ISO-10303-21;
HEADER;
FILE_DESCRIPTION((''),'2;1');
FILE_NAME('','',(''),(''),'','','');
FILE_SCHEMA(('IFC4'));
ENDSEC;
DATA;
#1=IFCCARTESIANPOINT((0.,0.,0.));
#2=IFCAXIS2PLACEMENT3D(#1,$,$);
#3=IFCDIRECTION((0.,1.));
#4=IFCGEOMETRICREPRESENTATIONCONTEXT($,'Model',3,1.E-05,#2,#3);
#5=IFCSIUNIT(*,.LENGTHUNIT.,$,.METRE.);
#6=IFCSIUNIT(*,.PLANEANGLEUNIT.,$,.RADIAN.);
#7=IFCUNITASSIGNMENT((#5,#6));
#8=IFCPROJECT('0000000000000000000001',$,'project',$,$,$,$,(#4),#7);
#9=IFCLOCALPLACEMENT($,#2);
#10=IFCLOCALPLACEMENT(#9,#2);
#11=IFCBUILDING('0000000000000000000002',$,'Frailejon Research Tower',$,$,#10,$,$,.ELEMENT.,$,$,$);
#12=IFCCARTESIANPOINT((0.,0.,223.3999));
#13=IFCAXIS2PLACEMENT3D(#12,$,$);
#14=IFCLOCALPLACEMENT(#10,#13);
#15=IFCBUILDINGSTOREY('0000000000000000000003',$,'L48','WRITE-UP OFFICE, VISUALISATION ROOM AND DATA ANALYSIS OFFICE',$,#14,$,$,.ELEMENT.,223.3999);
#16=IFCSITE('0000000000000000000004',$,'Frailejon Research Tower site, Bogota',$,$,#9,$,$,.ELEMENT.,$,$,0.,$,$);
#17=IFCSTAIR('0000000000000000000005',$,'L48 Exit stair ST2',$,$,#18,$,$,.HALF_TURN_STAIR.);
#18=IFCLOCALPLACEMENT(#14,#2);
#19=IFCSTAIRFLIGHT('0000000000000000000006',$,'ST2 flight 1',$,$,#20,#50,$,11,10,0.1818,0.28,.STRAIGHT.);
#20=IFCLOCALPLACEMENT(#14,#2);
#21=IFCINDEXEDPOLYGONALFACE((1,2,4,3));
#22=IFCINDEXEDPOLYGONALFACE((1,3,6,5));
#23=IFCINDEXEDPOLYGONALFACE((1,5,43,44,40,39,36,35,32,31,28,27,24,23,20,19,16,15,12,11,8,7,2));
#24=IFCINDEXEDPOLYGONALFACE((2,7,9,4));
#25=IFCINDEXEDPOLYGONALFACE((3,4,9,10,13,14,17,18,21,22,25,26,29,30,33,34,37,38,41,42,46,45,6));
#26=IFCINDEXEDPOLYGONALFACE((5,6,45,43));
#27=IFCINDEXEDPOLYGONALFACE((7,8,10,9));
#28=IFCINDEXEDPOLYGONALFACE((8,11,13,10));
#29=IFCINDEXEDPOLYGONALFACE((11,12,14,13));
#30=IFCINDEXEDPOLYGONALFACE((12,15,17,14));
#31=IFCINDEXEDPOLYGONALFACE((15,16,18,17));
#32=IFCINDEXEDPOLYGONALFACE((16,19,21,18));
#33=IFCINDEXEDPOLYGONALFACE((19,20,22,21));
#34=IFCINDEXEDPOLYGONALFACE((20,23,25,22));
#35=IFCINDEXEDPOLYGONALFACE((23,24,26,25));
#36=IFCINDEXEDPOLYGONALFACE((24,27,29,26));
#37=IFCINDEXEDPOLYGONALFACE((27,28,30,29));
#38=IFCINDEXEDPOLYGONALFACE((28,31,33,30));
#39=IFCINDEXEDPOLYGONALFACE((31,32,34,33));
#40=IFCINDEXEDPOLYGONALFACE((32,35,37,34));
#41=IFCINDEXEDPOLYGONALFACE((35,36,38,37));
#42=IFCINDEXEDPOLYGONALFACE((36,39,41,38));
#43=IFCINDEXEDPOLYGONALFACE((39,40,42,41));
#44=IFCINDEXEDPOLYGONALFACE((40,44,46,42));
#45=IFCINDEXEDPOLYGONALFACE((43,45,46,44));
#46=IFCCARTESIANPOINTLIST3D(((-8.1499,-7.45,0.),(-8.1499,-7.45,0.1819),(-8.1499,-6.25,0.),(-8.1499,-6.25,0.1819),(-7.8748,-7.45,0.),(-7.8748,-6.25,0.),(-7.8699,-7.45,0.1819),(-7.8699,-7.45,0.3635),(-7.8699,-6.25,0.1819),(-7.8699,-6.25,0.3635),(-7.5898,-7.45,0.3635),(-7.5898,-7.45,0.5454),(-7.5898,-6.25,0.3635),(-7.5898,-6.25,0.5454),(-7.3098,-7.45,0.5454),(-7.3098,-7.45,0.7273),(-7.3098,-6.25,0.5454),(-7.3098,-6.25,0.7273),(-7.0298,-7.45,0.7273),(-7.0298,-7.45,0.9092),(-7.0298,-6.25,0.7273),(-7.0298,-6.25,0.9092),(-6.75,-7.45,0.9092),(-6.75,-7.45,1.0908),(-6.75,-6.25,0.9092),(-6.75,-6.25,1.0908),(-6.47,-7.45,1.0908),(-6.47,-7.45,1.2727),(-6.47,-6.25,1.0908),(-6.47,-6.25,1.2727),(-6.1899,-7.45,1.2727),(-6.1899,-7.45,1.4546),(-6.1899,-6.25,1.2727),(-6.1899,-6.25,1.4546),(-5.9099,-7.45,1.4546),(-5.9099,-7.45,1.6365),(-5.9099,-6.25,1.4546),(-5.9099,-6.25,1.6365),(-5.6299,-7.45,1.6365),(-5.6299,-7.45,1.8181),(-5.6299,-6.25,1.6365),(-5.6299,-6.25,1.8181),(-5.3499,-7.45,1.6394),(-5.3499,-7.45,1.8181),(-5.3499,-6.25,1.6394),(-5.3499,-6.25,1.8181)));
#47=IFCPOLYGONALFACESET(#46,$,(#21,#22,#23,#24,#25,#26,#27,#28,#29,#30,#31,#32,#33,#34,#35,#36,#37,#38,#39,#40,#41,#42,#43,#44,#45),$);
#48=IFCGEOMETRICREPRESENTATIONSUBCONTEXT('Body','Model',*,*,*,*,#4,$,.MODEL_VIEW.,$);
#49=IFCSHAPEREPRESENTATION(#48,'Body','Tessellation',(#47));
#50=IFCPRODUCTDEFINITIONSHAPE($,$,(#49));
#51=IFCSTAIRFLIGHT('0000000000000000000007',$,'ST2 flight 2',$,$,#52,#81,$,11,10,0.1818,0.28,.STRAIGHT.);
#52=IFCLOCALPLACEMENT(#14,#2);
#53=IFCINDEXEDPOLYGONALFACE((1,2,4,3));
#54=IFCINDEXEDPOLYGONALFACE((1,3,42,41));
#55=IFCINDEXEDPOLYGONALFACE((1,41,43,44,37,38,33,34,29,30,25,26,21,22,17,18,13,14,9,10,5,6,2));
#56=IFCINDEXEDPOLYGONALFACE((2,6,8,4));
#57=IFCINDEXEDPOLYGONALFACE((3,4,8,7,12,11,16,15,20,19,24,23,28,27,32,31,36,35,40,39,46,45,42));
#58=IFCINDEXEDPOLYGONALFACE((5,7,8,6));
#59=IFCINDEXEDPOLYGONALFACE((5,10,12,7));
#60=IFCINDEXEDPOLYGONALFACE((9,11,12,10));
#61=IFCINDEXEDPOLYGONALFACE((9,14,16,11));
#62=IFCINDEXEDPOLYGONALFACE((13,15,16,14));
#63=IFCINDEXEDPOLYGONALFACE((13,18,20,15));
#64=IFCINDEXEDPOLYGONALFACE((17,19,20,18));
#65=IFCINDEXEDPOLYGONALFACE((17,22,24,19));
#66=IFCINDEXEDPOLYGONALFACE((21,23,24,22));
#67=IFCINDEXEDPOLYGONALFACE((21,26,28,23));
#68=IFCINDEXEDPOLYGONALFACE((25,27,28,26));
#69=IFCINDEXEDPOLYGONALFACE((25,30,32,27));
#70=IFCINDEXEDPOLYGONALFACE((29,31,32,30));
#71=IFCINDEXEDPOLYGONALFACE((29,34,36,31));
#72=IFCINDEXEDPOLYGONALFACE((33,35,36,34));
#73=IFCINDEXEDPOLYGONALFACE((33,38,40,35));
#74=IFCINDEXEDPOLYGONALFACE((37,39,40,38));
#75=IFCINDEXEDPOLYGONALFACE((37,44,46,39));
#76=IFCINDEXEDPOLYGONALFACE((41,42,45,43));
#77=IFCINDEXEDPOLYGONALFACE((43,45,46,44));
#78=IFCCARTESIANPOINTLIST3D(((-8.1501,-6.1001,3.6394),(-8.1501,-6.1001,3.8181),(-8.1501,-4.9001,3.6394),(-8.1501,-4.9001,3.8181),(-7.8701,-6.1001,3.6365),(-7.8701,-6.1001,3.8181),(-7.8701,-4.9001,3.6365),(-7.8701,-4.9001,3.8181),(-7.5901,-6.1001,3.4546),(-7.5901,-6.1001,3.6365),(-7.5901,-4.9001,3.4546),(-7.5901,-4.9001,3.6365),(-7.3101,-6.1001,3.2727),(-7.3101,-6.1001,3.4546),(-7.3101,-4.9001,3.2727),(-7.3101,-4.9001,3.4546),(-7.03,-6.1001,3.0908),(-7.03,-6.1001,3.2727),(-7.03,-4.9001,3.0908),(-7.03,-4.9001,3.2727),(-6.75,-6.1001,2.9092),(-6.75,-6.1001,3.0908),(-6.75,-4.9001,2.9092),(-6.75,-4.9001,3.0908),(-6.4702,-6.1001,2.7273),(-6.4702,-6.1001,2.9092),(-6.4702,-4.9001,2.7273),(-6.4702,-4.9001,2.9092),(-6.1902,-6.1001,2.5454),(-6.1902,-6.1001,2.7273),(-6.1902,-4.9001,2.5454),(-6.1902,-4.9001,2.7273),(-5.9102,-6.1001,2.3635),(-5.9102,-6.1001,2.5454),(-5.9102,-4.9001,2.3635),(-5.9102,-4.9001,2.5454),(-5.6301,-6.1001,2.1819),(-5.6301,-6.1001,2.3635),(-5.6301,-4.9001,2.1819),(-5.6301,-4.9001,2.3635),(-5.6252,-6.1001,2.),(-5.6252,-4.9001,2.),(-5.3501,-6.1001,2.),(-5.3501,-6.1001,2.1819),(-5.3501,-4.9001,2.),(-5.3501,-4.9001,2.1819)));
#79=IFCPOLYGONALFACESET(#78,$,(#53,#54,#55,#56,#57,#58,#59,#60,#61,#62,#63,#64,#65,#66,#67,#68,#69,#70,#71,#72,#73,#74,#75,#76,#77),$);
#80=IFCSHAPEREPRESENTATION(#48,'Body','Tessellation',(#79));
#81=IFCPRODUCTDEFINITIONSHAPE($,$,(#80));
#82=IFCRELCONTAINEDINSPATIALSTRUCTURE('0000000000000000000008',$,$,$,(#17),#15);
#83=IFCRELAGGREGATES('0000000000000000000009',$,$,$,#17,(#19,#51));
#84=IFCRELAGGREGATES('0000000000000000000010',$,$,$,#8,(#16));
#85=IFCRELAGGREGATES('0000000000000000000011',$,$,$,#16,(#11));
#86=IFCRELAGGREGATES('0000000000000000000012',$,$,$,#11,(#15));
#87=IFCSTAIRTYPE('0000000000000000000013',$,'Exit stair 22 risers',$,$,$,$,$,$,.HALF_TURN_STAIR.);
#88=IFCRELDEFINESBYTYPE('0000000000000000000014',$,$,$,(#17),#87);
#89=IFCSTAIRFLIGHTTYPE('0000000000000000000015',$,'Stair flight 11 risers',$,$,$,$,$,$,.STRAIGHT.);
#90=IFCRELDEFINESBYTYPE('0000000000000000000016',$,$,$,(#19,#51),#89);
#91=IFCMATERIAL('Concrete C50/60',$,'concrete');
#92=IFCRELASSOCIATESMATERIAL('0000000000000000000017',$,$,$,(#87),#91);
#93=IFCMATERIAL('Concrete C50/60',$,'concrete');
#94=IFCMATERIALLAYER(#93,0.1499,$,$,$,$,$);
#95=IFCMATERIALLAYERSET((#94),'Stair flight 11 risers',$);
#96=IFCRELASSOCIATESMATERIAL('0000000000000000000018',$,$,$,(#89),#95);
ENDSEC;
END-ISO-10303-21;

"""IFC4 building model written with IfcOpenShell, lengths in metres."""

from ifc_helpers import new_model, si_unit, direction, frame, origin, place, context, subcontext, project, spatial, polyline, outline, extrude, material, layer, layer_set, type_object, element, aggregate, save


model = new_model("IFC4")

# Units and contexts
model_context = context("Model", 3, precision=1e-05, world=origin(), true_north=direction((0.0, 1.0)))
body_context = subcontext(model_context, "Body", "Model", "MODEL_VIEW")
ifc_project = project(units=[si_unit("LENGTHUNIT", "METRE"), si_unit("PLANEANGLEUNIT", "RADIAN")], contexts=[model_context])

# Site, building, storey
site_placement = place(None, origin())
site = spatial("IfcSite", under=ifc_project, at=site_placement, Name="Frailejon Research Tower site, Bogota", CompositionType="ELEMENT", RefElevation=0.0)
building_placement = place(site_placement, origin())
building = spatial("IfcBuilding", under=site, at=building_placement, Name="Frailejon Research Tower", CompositionType="ELEMENT")
storey_placement = place(building_placement, frame((0.0, 0.0, 223.3999)))
storey = spatial("IfcBuildingStorey", under=building, at=storey_placement, Name="L48", Description="WRITE-UP OFFICE, VISUALISATION ROOM AND DATA ANALYSIS OFFICE", CompositionType="ELEMENT", Elevation=223.3999)

# Stair, stair flights
ifc_material_1 = material(Name="Concrete C50/60", Category="concrete")
stair_type = type_object("IfcStairType", Name="Exit stair 22 risers", PredefinedType="HALF_TURN_STAIR", material=ifc_material_1)
stair_placement = place(storey_placement, origin())
stair = element("IfcStair", 1, at=stair_placement, inside=storey, type_object=stair_type, Name="L48 Exit stair ST2", PredefinedType="HALF_TURN_STAIR")
ifc_material_2 = material(Name="Concrete C50/60", Category="concrete")
ifc_layer_1 = layer(ifc_material_2, 0.1499)
ifc_layer_set_1 = layer_set([ifc_layer_1], Name="Stair flight 11 risers")
stair_flight_type = type_object("IfcStairFlightType", Name="Stair flight 11 risers", PredefinedType="STRAIGHT", material=ifc_layer_set_1)
stair_flight_1_placement = place(storey_placement, frame((-8.1499, -6.8501, 0.0), z_axis=(0.0, 0.0, 1.0), x_axis=(1.0, 0.0, 0.0)))
stair_flight_1 = element("IfcStairFlight", 2, at=stair_flight_1_placement, type_object=stair_flight_type, Name="ST2 flight 1", NumberOfRisers=11, NumberOfTreads=10, PredefinedType="STRAIGHT", RiserHeight=0.1818, TreadLength=0.28, context=body_context, shape_type="SweptSolid", body=[
    extrude(outline(polyline([(0.0, 0.0), (0.0, 0.1819), (0.28, 0.1819), (0.28, 0.3635), (0.5601, 0.3635), (0.5601, 0.5454), (0.8401, 0.5454), (0.8401, 0.7273), (1.1201, 0.7273), (1.1201, 0.9092), (1.3999, 0.9092), (1.3999, 1.0908), (1.6799, 1.0908), (1.6799, 1.2727), (1.96, 1.2727), (1.96, 1.4546), (2.24, 1.4546), (2.24, 1.6365), (2.52, 1.6365), (2.52, 1.8181), (2.8, 1.8181), (2.8, 2.0), (2.8, 1.6394), (0.2751, 0.0), (0.0, 0.0)])), frame((0.0, 0.6001, 0.0), z_axis=(0.0, -1.0, 0.0), x_axis=(1.0, 0.0, 0.0)), (0.0, 0.0, 1.0), 1.2),
])
stair_flight_2_placement = place(storey_placement, frame((-5.3501, -5.5, 2.0), z_axis=(0.0, 0.0, 1.0), x_axis=(-1.0, 0.0, 0.0)))
stair_flight_2 = element("IfcStairFlight", 3, at=stair_flight_2_placement, type_object=stair_flight_type, Name="ST2 flight 2", NumberOfRisers=11, NumberOfTreads=10, PredefinedType="STRAIGHT", RiserHeight=0.1818, TreadLength=0.28, context=body_context, shape_type="SweptSolid", body=[
    extrude(outline(polyline([(0.0, 0.0), (0.0, 0.1819), (0.28, 0.1819), (0.28, 0.3635), (0.5601, 0.3635), (0.5601, 0.5454), (0.8401, 0.5454), (0.8401, 0.7273), (1.1201, 0.7273), (1.1201, 0.9092), (1.3999, 0.9092), (1.3999, 1.0908), (1.6799, 1.0908), (1.6799, 1.2727), (1.96, 1.2727), (1.96, 1.4546), (2.24, 1.4546), (2.24, 1.6365), (2.52, 1.6365), (2.52, 1.8181), (2.8, 1.8181), (2.8, 2.0), (2.8, 1.6394), (0.2751, 0.0), (0.0, 0.0)])), frame((0.0, 0.6001, 0.0), z_axis=(0.0, -1.0, 0.0), x_axis=(1.0, 0.0, 0.0)), (0.0, 0.0, 1.0), 1.2),
])
aggregate(stair, [stair_flight_1, stair_flight_2])

save(model, "model.ifc")
